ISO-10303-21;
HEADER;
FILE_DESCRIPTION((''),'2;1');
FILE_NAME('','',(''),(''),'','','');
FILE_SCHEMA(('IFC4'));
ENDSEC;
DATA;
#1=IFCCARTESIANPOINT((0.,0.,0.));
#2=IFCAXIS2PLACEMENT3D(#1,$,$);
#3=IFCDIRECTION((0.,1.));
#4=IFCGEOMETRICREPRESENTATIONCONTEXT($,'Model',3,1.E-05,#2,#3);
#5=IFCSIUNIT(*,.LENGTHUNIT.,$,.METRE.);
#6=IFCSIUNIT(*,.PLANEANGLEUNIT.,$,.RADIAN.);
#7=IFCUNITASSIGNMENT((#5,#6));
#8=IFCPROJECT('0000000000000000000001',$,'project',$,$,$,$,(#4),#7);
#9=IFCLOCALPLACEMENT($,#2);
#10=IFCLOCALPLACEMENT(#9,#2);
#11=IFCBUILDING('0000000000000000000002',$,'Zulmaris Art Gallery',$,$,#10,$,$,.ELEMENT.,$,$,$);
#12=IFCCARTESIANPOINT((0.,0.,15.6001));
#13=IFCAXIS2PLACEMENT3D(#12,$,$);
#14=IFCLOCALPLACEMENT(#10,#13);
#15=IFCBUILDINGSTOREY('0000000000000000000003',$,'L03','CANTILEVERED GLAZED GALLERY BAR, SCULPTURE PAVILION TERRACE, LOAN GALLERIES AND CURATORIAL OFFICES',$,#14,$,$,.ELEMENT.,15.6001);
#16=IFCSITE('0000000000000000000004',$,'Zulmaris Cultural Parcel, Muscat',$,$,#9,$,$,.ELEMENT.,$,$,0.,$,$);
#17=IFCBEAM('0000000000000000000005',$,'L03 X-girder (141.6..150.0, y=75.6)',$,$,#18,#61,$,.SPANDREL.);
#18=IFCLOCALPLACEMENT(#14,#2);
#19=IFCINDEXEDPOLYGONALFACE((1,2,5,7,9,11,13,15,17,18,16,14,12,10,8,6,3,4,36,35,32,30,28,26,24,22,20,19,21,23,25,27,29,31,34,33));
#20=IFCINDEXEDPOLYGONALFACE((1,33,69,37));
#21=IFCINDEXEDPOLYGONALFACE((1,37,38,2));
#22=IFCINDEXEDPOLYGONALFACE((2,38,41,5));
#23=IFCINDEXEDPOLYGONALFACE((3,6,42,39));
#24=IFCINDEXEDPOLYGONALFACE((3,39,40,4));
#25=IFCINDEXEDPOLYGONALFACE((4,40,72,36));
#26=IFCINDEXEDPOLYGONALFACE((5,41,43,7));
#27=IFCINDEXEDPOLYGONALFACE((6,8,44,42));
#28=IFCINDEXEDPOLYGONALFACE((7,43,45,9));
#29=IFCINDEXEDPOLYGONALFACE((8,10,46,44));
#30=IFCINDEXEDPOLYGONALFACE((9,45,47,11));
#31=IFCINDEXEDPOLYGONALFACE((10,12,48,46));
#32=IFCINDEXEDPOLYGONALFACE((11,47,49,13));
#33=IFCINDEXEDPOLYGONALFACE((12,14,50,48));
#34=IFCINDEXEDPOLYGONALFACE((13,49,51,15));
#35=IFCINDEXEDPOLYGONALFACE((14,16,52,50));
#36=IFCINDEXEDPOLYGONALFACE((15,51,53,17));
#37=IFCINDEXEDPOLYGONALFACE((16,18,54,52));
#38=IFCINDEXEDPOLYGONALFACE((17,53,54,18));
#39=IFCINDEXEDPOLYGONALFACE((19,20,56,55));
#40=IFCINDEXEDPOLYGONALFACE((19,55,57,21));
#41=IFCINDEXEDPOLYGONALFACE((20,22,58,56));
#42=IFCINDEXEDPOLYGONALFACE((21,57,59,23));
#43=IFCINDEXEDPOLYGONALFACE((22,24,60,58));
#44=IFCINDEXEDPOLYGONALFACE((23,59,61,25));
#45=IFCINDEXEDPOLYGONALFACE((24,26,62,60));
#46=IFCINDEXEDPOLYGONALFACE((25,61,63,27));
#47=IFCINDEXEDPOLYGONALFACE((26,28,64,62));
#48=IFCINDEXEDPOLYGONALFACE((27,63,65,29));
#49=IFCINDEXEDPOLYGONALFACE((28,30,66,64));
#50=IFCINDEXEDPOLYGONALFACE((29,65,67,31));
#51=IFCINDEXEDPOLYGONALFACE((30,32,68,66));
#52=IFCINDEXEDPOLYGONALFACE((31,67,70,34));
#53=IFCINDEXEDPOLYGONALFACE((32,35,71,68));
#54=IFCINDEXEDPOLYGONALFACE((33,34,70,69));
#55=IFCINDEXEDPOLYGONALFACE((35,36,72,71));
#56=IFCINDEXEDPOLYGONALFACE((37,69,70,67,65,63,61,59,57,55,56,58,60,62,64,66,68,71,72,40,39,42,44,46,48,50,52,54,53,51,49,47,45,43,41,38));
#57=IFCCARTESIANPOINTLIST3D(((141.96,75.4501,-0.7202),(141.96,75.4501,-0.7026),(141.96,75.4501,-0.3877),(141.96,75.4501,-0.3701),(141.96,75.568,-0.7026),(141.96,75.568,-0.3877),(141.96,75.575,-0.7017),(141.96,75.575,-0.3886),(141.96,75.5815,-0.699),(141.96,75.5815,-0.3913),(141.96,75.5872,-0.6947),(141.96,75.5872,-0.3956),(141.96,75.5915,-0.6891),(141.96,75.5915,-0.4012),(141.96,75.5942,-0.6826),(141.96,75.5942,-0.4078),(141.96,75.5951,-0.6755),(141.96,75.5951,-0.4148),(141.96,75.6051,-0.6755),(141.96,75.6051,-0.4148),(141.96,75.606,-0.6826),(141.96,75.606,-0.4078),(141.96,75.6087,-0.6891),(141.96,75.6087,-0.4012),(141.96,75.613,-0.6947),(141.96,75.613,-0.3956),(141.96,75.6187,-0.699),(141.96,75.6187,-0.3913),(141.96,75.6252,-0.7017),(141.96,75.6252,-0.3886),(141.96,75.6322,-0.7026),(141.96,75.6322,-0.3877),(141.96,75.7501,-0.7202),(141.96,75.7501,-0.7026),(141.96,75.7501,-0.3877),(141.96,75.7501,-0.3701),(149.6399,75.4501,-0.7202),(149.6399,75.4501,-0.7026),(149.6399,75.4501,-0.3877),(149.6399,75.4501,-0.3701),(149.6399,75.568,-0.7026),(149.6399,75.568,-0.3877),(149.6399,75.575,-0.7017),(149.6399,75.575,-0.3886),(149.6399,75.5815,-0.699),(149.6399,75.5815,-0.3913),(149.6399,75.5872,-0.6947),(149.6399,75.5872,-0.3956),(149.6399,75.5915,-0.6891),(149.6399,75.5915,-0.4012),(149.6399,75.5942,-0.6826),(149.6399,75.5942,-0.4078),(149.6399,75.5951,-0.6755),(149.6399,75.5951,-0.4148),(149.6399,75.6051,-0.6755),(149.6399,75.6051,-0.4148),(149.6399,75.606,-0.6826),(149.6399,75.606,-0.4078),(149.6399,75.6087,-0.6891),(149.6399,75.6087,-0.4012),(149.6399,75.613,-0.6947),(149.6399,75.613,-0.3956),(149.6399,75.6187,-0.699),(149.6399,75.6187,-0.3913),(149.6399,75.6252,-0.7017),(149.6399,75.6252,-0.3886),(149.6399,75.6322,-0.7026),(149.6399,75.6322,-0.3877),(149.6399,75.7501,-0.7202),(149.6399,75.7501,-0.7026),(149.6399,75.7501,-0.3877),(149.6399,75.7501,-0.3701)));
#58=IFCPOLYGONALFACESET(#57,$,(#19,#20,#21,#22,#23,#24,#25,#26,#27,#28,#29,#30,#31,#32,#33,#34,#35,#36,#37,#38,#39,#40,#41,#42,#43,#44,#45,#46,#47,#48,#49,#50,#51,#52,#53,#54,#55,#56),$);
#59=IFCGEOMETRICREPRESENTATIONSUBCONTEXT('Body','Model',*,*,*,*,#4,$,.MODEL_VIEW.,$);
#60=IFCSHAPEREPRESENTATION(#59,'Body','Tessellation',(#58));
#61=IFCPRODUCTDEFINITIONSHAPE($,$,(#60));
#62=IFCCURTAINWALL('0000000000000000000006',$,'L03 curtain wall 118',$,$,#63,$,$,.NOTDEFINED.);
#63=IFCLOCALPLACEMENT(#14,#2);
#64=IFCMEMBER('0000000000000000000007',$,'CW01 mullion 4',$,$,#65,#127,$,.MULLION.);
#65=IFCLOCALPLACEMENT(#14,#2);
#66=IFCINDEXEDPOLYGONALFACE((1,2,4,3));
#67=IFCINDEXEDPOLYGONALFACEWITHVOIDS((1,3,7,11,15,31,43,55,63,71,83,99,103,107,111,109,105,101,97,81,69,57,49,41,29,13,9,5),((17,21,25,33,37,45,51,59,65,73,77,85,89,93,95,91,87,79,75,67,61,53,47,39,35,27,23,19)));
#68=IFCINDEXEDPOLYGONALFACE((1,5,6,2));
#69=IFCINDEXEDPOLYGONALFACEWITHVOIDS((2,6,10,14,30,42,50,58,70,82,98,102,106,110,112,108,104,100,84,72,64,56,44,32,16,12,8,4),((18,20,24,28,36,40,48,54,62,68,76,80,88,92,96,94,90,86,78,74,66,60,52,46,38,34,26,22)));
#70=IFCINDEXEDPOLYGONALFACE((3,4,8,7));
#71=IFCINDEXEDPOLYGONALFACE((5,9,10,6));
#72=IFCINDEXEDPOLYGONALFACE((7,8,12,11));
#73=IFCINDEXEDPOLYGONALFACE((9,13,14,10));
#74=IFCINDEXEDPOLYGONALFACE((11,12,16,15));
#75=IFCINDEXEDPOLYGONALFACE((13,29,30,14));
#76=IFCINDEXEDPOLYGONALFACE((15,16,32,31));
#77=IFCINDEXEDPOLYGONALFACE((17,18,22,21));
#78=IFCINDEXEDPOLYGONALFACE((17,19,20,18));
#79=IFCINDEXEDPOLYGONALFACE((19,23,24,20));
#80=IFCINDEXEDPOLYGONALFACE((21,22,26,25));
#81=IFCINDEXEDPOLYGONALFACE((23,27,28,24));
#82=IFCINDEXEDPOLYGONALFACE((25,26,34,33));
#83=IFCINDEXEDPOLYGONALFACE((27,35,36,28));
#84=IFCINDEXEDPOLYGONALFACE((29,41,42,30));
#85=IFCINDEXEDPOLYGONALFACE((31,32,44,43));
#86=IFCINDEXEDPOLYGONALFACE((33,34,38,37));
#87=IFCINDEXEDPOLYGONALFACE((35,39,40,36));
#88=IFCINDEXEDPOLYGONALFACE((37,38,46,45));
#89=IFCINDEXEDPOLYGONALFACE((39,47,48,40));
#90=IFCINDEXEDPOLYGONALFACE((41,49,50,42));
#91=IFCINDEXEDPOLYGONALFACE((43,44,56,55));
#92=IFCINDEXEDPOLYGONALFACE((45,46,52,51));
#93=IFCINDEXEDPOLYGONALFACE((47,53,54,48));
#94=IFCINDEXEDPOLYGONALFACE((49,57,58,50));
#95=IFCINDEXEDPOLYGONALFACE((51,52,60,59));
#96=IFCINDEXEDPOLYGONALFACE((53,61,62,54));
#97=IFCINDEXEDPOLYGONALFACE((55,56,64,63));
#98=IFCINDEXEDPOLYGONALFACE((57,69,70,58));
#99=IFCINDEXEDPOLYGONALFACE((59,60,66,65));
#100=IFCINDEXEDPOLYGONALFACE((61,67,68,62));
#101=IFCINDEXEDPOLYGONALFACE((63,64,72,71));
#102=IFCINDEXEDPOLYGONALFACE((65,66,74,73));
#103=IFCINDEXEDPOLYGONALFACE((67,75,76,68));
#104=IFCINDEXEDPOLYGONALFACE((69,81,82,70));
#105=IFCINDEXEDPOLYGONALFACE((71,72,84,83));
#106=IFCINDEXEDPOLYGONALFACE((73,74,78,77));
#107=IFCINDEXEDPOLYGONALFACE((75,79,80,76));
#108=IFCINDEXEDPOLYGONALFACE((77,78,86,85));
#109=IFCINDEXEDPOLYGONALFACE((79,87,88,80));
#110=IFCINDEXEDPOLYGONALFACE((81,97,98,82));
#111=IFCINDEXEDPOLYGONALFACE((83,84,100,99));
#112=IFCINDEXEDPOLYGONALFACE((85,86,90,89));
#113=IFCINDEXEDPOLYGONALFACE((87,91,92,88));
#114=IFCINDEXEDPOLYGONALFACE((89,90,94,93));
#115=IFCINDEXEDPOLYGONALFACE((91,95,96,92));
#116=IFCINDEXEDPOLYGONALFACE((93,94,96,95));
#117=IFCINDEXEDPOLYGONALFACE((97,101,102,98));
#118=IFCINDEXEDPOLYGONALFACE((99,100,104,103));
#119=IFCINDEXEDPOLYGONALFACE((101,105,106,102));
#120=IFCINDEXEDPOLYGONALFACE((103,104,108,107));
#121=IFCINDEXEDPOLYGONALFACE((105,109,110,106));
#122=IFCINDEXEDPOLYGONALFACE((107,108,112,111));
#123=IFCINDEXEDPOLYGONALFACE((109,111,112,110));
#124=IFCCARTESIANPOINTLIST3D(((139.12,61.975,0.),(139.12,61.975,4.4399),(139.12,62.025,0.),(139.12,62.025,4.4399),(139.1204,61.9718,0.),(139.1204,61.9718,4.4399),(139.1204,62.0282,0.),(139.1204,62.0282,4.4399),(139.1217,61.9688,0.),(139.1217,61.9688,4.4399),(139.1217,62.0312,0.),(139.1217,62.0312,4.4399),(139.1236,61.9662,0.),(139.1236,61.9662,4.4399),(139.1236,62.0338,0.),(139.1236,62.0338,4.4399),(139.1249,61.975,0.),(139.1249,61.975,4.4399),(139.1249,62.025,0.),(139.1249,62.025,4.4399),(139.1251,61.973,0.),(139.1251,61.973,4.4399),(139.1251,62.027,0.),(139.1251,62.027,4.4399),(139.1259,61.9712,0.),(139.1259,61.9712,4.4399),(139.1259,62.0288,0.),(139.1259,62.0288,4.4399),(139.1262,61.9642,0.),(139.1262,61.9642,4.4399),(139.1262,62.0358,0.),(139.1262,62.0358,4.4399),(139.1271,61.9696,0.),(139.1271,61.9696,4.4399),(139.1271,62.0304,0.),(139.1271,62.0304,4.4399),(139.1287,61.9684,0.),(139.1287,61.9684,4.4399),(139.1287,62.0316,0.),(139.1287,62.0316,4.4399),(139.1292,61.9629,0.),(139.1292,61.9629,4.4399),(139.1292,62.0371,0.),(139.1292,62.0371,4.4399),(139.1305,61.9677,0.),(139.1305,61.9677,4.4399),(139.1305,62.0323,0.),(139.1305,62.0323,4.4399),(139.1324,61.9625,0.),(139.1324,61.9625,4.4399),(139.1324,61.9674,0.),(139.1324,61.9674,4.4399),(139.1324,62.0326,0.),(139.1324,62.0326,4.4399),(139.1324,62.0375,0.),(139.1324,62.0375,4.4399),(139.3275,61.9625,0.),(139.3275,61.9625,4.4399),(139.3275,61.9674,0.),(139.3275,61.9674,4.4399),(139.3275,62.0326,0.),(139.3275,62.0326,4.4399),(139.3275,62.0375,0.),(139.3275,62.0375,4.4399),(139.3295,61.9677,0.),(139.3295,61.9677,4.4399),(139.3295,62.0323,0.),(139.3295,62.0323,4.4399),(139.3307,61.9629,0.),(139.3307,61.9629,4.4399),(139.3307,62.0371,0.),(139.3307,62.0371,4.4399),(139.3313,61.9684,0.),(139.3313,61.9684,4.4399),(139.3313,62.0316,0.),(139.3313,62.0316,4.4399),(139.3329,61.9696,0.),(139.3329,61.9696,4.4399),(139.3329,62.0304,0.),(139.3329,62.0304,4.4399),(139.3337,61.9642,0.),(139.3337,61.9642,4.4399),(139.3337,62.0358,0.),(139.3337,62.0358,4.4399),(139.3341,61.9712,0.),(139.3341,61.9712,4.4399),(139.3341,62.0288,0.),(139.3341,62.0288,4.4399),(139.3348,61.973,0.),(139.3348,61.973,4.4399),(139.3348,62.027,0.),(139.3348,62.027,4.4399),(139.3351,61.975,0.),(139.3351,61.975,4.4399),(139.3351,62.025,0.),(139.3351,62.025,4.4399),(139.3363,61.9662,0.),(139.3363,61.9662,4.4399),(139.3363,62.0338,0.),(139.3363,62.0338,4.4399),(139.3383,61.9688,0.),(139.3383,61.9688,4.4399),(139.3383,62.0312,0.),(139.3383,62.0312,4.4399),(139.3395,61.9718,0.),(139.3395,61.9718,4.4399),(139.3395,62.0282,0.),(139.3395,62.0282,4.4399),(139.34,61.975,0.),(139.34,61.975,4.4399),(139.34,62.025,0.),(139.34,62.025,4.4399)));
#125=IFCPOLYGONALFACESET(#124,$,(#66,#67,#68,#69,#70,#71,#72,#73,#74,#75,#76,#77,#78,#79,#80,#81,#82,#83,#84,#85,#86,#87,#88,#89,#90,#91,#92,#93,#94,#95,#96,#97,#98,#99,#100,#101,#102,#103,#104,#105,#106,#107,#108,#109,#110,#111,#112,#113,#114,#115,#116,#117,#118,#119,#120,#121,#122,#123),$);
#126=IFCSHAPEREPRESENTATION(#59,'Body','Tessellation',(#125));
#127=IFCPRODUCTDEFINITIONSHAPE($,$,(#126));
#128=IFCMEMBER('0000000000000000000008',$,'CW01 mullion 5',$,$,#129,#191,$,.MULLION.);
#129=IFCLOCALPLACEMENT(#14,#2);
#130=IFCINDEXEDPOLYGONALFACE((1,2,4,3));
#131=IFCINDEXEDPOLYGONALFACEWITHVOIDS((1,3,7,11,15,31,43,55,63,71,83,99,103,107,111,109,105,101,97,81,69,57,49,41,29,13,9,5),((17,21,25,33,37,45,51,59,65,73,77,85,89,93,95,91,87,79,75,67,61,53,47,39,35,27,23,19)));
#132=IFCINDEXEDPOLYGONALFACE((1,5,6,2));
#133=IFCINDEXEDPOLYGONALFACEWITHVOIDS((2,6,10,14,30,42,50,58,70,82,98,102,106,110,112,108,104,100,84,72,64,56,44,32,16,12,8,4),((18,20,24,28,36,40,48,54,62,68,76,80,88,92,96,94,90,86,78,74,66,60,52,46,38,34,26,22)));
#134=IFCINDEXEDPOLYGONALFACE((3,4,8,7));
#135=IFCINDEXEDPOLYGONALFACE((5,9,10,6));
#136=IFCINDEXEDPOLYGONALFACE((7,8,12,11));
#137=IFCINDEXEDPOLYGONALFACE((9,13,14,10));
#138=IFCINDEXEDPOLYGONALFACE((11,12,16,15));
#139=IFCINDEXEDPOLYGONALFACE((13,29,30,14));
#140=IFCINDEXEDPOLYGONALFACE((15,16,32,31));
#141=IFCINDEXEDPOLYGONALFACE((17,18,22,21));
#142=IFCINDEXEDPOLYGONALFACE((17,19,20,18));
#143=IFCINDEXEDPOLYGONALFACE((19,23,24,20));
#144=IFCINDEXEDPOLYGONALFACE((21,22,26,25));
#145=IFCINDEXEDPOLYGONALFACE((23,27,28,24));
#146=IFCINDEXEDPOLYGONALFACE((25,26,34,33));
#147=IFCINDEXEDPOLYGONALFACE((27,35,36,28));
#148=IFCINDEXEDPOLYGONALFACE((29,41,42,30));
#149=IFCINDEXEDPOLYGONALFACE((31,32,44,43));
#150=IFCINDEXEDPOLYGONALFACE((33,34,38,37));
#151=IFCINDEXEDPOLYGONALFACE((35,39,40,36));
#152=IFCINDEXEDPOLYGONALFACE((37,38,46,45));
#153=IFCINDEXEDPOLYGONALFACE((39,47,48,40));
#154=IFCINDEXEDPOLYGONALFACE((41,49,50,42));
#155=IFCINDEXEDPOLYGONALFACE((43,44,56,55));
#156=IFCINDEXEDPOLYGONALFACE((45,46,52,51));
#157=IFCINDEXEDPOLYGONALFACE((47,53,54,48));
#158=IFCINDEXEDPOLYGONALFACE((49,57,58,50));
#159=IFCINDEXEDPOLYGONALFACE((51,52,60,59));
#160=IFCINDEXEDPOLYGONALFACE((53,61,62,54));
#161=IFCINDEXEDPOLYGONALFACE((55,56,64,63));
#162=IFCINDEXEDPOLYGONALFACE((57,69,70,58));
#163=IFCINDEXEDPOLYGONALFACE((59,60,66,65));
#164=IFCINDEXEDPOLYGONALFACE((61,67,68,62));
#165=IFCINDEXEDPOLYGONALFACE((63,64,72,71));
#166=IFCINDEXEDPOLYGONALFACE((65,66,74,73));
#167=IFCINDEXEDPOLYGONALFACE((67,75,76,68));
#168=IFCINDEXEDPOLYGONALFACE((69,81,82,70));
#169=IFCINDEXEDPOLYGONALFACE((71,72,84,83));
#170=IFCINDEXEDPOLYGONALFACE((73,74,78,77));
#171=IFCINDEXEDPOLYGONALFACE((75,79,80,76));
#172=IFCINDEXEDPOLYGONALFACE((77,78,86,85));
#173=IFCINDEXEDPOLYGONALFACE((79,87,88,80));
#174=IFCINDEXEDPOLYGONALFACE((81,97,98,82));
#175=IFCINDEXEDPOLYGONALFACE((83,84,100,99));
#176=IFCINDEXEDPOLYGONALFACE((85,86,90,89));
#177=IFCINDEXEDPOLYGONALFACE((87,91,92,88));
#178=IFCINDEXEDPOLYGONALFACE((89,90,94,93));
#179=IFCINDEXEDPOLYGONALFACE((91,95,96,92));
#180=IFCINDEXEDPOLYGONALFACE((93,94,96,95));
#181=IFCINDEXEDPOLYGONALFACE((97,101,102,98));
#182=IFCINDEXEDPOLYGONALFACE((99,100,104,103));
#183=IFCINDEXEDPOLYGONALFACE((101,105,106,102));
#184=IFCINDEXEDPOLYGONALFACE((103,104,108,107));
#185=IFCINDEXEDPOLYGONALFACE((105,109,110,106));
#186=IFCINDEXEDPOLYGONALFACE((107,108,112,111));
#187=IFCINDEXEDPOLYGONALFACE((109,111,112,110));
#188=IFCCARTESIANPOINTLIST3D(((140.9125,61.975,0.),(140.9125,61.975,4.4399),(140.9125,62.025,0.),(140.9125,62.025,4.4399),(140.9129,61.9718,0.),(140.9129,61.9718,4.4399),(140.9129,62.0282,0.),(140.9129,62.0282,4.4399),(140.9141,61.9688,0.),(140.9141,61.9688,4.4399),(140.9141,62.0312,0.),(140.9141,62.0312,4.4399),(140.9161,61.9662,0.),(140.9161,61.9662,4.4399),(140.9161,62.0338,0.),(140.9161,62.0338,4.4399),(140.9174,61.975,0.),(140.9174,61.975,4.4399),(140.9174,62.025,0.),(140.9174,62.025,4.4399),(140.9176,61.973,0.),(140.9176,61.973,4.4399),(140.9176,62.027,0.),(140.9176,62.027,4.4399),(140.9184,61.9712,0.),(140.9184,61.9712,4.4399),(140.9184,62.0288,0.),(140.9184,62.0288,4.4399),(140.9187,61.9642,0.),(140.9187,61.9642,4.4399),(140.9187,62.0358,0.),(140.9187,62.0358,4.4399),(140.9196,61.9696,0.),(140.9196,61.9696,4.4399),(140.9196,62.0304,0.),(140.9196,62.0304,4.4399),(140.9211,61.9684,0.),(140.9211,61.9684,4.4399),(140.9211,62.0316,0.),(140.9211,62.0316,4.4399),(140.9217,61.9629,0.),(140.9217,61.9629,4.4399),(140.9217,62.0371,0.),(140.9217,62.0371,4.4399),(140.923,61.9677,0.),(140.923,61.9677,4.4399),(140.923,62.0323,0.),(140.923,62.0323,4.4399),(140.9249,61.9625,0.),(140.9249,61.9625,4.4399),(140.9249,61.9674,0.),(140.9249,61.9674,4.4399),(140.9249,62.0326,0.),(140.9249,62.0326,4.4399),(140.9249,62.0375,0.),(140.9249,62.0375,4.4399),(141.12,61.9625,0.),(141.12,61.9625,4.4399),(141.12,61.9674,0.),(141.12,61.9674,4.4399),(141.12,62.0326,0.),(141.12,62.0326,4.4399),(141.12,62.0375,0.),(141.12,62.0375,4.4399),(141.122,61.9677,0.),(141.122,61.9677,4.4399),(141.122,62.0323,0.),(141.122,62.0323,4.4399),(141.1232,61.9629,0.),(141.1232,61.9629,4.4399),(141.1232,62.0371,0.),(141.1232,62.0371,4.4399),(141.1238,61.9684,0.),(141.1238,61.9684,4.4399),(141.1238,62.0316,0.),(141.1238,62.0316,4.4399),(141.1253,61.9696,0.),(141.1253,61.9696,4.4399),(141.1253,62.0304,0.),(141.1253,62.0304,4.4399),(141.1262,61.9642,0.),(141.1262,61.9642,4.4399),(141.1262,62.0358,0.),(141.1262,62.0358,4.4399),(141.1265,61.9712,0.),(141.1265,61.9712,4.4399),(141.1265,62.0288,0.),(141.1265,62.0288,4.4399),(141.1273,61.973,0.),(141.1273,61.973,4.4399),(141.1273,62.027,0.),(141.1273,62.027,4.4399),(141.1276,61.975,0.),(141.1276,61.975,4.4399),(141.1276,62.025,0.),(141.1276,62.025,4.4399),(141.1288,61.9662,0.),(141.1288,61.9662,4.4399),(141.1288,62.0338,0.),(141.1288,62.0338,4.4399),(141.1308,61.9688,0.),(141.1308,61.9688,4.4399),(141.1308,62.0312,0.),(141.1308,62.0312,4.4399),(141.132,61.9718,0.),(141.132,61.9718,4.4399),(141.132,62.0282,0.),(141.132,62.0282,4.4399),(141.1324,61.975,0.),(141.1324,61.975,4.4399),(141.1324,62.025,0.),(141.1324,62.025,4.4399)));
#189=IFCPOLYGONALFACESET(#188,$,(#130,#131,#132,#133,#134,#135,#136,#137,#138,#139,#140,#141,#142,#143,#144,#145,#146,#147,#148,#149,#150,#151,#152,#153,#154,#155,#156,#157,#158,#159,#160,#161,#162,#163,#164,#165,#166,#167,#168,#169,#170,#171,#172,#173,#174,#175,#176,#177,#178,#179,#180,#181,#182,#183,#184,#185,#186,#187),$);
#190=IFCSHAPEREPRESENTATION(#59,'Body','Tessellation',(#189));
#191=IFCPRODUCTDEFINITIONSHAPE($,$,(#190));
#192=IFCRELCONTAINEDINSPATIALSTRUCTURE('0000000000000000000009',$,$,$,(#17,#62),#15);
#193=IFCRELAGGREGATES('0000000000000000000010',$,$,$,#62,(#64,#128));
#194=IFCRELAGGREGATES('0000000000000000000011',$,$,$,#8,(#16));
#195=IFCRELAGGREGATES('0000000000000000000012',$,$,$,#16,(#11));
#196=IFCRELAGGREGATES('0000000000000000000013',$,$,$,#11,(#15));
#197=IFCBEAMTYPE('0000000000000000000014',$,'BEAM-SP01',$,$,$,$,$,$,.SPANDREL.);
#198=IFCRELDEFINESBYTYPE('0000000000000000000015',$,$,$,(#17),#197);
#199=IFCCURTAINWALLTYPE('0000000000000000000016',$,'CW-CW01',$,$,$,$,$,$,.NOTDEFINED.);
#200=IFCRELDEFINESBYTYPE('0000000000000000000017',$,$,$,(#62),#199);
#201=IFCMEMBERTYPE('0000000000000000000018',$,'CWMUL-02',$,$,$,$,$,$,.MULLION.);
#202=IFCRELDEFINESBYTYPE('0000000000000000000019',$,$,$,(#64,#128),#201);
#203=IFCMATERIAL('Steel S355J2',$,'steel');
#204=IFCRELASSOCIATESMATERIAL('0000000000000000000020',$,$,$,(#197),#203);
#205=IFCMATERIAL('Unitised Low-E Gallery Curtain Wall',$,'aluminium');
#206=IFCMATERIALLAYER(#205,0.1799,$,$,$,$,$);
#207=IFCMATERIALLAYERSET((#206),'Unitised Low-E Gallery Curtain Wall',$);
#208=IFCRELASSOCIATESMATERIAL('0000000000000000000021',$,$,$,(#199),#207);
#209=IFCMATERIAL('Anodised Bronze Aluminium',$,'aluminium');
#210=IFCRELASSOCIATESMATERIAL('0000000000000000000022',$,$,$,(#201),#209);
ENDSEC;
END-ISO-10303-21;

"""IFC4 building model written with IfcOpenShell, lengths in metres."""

from ifc_helpers import new_model, si_unit, direction, frame, origin, origin_2d, place, context, subcontext, project, spatial, hollow_rectangle, i_section, extrude, material, layer, layer_set, material_profile, profile_set, type_object, element, aggregate, save


model = new_model("IFC4")

# Units and contexts
model_context = context("Model", 3, precision=1e-05, world=origin(), true_north=direction((0.0, 1.0)))
body_context = subcontext(model_context, "Body", "Model", "MODEL_VIEW")
ifc_project = project(units=[si_unit("LENGTHUNIT", "METRE"), si_unit("PLANEANGLEUNIT", "RADIAN")], contexts=[model_context])

# Site, building, storey
site_placement = place(None, origin())
site = spatial("IfcSite", under=ifc_project, at=site_placement, Name="Zulmaris Cultural Parcel, Muscat", CompositionType="ELEMENT", RefElevation=0.0)
building_placement = place(site_placement, origin())
building = spatial("IfcBuilding", under=site, at=building_placement, Name="Zulmaris Art Gallery", CompositionType="ELEMENT")
storey_placement = place(building_placement, frame((0.0, 0.0, 15.6001)))
storey = spatial("IfcBuildingStorey", under=building, at=storey_placement, Name="L03", Description="CANTILEVERED GLAZED GALLERY BAR, SCULPTURE PAVILION TERRACE, LOAN GALLERIES AND CURATORIAL OFFICES", CompositionType="ELEMENT", Elevation=15.6001)

# Beam
ifc_material_1 = material(Name="Steel S355J2", Category="steel")
ifc_material_profile_1 = material_profile(ifc_material_1, i_section(OverallWidth=0.3, OverallDepth=0.3501, WebThickness=0.01, FlangeThickness=0.0176, FilletRadius=0.0271, at=origin_2d()), Name="HEA 360")
ifc_profile_set_1 = profile_set([ifc_material_profile_1], Name="Steel S355J2")
beam_type_1 = type_object("IfcBeamType", Name="BEAM-SP01", PredefinedType="SPANDREL", material=ifc_profile_set_1)
beam_1_placement = place(storey_placement, frame((141.96, 75.6001, -0.5452), z_axis=(1.0, 0.0, 0.0), x_axis=(0.0, 1.0, 0.0)))
element("IfcBeam", 1, at=beam_1_placement, inside=storey, type_object=beam_type_1, Name="L03 X-girder (141.6..150.0, y=75.6)", PredefinedType="SPANDREL", context=body_context, shape_type="SweptSolid", body=[
    extrude(i_section(OverallWidth=0.3, OverallDepth=0.3501, WebThickness=0.01, FlangeThickness=0.0176, FilletRadius=0.0271, at=origin_2d()), origin(), (0.0, 0.0, 1.0), 7.6799),
])

# Curtain wall, members
ifc_material_2 = material(Name="Unitised Low-E Gallery Curtain Wall", Category="aluminium")
ifc_layer_1 = layer(ifc_material_2, 0.1799)
ifc_layer_set_1 = layer_set([ifc_layer_1], Name="Unitised Low-E Gallery Curtain Wall")
curtain_wall_type = type_object("IfcCurtainWallType", Name="CW-CW01", PredefinedType="NOTDEFINED", material=ifc_layer_set_1)
curtain_wall_placement = place(storey_placement, origin())
curtain_wall = element("IfcCurtainWall", 2, at=curtain_wall_placement, inside=storey, type_object=curtain_wall_type, Name="L03 curtain wall 118", PredefinedType="NOTDEFINED")
ifc_material_3 = material(Name="Anodised Bronze Aluminium", Category="aluminium")
ifc_material_profile_2 = material_profile(ifc_material_3, hollow_rectangle(XDim=0.075, YDim=0.22, WallThickness=0.0049, InnerFilletRadius=0.0076, OuterFilletRadius=0.0125, at=origin_2d()), Name="ALU 75x220x5")
ifc_profile_set_2 = profile_set([ifc_material_profile_2], Name="Anodised Bronze Aluminium")
member_type_1 = type_object("IfcMemberType", Name="CWMUL-02", PredefinedType="MULLION", material=ifc_profile_set_2)
member_1_placement = place(storey_placement, frame((139.23, 62.0, 0.0), z_axis=(0.0, 0.0, 1.0), x_axis=(0.0, 1.0, 0.0)))
member_1 = element("IfcMember", 3, at=member_1_placement, type_object=member_type_1, Name="CW01 mullion 4", PredefinedType="MULLION", context=body_context, shape_type="SweptSolid", body=[
    extrude(hollow_rectangle(XDim=0.075, YDim=0.22, WallThickness=0.0049, InnerFilletRadius=0.0076, OuterFilletRadius=0.0125, at=origin_2d()), origin(), (0.0, 0.0, 1.0), 4.4399),
])
member_2_placement = place(storey_placement, frame((141.0225, 62.0, 0.0), z_axis=(0.0, 0.0, 1.0), x_axis=(0.0, 1.0, 0.0)))
member_2 = element("IfcMember", 4, at=member_2_placement, type_object=member_type_1, Name="CW01 mullion 5", PredefinedType="MULLION", context=body_context, shape_type="SweptSolid", body=[
    extrude(hollow_rectangle(XDim=0.075, YDim=0.22, WallThickness=0.0049, InnerFilletRadius=0.0076, OuterFilletRadius=0.0125, at=origin_2d()), origin(), (0.0, 0.0, 1.0), 4.4399),
])
aggregate(curtain_wall, [member_1, member_2])

save(model, "model.ifc")
